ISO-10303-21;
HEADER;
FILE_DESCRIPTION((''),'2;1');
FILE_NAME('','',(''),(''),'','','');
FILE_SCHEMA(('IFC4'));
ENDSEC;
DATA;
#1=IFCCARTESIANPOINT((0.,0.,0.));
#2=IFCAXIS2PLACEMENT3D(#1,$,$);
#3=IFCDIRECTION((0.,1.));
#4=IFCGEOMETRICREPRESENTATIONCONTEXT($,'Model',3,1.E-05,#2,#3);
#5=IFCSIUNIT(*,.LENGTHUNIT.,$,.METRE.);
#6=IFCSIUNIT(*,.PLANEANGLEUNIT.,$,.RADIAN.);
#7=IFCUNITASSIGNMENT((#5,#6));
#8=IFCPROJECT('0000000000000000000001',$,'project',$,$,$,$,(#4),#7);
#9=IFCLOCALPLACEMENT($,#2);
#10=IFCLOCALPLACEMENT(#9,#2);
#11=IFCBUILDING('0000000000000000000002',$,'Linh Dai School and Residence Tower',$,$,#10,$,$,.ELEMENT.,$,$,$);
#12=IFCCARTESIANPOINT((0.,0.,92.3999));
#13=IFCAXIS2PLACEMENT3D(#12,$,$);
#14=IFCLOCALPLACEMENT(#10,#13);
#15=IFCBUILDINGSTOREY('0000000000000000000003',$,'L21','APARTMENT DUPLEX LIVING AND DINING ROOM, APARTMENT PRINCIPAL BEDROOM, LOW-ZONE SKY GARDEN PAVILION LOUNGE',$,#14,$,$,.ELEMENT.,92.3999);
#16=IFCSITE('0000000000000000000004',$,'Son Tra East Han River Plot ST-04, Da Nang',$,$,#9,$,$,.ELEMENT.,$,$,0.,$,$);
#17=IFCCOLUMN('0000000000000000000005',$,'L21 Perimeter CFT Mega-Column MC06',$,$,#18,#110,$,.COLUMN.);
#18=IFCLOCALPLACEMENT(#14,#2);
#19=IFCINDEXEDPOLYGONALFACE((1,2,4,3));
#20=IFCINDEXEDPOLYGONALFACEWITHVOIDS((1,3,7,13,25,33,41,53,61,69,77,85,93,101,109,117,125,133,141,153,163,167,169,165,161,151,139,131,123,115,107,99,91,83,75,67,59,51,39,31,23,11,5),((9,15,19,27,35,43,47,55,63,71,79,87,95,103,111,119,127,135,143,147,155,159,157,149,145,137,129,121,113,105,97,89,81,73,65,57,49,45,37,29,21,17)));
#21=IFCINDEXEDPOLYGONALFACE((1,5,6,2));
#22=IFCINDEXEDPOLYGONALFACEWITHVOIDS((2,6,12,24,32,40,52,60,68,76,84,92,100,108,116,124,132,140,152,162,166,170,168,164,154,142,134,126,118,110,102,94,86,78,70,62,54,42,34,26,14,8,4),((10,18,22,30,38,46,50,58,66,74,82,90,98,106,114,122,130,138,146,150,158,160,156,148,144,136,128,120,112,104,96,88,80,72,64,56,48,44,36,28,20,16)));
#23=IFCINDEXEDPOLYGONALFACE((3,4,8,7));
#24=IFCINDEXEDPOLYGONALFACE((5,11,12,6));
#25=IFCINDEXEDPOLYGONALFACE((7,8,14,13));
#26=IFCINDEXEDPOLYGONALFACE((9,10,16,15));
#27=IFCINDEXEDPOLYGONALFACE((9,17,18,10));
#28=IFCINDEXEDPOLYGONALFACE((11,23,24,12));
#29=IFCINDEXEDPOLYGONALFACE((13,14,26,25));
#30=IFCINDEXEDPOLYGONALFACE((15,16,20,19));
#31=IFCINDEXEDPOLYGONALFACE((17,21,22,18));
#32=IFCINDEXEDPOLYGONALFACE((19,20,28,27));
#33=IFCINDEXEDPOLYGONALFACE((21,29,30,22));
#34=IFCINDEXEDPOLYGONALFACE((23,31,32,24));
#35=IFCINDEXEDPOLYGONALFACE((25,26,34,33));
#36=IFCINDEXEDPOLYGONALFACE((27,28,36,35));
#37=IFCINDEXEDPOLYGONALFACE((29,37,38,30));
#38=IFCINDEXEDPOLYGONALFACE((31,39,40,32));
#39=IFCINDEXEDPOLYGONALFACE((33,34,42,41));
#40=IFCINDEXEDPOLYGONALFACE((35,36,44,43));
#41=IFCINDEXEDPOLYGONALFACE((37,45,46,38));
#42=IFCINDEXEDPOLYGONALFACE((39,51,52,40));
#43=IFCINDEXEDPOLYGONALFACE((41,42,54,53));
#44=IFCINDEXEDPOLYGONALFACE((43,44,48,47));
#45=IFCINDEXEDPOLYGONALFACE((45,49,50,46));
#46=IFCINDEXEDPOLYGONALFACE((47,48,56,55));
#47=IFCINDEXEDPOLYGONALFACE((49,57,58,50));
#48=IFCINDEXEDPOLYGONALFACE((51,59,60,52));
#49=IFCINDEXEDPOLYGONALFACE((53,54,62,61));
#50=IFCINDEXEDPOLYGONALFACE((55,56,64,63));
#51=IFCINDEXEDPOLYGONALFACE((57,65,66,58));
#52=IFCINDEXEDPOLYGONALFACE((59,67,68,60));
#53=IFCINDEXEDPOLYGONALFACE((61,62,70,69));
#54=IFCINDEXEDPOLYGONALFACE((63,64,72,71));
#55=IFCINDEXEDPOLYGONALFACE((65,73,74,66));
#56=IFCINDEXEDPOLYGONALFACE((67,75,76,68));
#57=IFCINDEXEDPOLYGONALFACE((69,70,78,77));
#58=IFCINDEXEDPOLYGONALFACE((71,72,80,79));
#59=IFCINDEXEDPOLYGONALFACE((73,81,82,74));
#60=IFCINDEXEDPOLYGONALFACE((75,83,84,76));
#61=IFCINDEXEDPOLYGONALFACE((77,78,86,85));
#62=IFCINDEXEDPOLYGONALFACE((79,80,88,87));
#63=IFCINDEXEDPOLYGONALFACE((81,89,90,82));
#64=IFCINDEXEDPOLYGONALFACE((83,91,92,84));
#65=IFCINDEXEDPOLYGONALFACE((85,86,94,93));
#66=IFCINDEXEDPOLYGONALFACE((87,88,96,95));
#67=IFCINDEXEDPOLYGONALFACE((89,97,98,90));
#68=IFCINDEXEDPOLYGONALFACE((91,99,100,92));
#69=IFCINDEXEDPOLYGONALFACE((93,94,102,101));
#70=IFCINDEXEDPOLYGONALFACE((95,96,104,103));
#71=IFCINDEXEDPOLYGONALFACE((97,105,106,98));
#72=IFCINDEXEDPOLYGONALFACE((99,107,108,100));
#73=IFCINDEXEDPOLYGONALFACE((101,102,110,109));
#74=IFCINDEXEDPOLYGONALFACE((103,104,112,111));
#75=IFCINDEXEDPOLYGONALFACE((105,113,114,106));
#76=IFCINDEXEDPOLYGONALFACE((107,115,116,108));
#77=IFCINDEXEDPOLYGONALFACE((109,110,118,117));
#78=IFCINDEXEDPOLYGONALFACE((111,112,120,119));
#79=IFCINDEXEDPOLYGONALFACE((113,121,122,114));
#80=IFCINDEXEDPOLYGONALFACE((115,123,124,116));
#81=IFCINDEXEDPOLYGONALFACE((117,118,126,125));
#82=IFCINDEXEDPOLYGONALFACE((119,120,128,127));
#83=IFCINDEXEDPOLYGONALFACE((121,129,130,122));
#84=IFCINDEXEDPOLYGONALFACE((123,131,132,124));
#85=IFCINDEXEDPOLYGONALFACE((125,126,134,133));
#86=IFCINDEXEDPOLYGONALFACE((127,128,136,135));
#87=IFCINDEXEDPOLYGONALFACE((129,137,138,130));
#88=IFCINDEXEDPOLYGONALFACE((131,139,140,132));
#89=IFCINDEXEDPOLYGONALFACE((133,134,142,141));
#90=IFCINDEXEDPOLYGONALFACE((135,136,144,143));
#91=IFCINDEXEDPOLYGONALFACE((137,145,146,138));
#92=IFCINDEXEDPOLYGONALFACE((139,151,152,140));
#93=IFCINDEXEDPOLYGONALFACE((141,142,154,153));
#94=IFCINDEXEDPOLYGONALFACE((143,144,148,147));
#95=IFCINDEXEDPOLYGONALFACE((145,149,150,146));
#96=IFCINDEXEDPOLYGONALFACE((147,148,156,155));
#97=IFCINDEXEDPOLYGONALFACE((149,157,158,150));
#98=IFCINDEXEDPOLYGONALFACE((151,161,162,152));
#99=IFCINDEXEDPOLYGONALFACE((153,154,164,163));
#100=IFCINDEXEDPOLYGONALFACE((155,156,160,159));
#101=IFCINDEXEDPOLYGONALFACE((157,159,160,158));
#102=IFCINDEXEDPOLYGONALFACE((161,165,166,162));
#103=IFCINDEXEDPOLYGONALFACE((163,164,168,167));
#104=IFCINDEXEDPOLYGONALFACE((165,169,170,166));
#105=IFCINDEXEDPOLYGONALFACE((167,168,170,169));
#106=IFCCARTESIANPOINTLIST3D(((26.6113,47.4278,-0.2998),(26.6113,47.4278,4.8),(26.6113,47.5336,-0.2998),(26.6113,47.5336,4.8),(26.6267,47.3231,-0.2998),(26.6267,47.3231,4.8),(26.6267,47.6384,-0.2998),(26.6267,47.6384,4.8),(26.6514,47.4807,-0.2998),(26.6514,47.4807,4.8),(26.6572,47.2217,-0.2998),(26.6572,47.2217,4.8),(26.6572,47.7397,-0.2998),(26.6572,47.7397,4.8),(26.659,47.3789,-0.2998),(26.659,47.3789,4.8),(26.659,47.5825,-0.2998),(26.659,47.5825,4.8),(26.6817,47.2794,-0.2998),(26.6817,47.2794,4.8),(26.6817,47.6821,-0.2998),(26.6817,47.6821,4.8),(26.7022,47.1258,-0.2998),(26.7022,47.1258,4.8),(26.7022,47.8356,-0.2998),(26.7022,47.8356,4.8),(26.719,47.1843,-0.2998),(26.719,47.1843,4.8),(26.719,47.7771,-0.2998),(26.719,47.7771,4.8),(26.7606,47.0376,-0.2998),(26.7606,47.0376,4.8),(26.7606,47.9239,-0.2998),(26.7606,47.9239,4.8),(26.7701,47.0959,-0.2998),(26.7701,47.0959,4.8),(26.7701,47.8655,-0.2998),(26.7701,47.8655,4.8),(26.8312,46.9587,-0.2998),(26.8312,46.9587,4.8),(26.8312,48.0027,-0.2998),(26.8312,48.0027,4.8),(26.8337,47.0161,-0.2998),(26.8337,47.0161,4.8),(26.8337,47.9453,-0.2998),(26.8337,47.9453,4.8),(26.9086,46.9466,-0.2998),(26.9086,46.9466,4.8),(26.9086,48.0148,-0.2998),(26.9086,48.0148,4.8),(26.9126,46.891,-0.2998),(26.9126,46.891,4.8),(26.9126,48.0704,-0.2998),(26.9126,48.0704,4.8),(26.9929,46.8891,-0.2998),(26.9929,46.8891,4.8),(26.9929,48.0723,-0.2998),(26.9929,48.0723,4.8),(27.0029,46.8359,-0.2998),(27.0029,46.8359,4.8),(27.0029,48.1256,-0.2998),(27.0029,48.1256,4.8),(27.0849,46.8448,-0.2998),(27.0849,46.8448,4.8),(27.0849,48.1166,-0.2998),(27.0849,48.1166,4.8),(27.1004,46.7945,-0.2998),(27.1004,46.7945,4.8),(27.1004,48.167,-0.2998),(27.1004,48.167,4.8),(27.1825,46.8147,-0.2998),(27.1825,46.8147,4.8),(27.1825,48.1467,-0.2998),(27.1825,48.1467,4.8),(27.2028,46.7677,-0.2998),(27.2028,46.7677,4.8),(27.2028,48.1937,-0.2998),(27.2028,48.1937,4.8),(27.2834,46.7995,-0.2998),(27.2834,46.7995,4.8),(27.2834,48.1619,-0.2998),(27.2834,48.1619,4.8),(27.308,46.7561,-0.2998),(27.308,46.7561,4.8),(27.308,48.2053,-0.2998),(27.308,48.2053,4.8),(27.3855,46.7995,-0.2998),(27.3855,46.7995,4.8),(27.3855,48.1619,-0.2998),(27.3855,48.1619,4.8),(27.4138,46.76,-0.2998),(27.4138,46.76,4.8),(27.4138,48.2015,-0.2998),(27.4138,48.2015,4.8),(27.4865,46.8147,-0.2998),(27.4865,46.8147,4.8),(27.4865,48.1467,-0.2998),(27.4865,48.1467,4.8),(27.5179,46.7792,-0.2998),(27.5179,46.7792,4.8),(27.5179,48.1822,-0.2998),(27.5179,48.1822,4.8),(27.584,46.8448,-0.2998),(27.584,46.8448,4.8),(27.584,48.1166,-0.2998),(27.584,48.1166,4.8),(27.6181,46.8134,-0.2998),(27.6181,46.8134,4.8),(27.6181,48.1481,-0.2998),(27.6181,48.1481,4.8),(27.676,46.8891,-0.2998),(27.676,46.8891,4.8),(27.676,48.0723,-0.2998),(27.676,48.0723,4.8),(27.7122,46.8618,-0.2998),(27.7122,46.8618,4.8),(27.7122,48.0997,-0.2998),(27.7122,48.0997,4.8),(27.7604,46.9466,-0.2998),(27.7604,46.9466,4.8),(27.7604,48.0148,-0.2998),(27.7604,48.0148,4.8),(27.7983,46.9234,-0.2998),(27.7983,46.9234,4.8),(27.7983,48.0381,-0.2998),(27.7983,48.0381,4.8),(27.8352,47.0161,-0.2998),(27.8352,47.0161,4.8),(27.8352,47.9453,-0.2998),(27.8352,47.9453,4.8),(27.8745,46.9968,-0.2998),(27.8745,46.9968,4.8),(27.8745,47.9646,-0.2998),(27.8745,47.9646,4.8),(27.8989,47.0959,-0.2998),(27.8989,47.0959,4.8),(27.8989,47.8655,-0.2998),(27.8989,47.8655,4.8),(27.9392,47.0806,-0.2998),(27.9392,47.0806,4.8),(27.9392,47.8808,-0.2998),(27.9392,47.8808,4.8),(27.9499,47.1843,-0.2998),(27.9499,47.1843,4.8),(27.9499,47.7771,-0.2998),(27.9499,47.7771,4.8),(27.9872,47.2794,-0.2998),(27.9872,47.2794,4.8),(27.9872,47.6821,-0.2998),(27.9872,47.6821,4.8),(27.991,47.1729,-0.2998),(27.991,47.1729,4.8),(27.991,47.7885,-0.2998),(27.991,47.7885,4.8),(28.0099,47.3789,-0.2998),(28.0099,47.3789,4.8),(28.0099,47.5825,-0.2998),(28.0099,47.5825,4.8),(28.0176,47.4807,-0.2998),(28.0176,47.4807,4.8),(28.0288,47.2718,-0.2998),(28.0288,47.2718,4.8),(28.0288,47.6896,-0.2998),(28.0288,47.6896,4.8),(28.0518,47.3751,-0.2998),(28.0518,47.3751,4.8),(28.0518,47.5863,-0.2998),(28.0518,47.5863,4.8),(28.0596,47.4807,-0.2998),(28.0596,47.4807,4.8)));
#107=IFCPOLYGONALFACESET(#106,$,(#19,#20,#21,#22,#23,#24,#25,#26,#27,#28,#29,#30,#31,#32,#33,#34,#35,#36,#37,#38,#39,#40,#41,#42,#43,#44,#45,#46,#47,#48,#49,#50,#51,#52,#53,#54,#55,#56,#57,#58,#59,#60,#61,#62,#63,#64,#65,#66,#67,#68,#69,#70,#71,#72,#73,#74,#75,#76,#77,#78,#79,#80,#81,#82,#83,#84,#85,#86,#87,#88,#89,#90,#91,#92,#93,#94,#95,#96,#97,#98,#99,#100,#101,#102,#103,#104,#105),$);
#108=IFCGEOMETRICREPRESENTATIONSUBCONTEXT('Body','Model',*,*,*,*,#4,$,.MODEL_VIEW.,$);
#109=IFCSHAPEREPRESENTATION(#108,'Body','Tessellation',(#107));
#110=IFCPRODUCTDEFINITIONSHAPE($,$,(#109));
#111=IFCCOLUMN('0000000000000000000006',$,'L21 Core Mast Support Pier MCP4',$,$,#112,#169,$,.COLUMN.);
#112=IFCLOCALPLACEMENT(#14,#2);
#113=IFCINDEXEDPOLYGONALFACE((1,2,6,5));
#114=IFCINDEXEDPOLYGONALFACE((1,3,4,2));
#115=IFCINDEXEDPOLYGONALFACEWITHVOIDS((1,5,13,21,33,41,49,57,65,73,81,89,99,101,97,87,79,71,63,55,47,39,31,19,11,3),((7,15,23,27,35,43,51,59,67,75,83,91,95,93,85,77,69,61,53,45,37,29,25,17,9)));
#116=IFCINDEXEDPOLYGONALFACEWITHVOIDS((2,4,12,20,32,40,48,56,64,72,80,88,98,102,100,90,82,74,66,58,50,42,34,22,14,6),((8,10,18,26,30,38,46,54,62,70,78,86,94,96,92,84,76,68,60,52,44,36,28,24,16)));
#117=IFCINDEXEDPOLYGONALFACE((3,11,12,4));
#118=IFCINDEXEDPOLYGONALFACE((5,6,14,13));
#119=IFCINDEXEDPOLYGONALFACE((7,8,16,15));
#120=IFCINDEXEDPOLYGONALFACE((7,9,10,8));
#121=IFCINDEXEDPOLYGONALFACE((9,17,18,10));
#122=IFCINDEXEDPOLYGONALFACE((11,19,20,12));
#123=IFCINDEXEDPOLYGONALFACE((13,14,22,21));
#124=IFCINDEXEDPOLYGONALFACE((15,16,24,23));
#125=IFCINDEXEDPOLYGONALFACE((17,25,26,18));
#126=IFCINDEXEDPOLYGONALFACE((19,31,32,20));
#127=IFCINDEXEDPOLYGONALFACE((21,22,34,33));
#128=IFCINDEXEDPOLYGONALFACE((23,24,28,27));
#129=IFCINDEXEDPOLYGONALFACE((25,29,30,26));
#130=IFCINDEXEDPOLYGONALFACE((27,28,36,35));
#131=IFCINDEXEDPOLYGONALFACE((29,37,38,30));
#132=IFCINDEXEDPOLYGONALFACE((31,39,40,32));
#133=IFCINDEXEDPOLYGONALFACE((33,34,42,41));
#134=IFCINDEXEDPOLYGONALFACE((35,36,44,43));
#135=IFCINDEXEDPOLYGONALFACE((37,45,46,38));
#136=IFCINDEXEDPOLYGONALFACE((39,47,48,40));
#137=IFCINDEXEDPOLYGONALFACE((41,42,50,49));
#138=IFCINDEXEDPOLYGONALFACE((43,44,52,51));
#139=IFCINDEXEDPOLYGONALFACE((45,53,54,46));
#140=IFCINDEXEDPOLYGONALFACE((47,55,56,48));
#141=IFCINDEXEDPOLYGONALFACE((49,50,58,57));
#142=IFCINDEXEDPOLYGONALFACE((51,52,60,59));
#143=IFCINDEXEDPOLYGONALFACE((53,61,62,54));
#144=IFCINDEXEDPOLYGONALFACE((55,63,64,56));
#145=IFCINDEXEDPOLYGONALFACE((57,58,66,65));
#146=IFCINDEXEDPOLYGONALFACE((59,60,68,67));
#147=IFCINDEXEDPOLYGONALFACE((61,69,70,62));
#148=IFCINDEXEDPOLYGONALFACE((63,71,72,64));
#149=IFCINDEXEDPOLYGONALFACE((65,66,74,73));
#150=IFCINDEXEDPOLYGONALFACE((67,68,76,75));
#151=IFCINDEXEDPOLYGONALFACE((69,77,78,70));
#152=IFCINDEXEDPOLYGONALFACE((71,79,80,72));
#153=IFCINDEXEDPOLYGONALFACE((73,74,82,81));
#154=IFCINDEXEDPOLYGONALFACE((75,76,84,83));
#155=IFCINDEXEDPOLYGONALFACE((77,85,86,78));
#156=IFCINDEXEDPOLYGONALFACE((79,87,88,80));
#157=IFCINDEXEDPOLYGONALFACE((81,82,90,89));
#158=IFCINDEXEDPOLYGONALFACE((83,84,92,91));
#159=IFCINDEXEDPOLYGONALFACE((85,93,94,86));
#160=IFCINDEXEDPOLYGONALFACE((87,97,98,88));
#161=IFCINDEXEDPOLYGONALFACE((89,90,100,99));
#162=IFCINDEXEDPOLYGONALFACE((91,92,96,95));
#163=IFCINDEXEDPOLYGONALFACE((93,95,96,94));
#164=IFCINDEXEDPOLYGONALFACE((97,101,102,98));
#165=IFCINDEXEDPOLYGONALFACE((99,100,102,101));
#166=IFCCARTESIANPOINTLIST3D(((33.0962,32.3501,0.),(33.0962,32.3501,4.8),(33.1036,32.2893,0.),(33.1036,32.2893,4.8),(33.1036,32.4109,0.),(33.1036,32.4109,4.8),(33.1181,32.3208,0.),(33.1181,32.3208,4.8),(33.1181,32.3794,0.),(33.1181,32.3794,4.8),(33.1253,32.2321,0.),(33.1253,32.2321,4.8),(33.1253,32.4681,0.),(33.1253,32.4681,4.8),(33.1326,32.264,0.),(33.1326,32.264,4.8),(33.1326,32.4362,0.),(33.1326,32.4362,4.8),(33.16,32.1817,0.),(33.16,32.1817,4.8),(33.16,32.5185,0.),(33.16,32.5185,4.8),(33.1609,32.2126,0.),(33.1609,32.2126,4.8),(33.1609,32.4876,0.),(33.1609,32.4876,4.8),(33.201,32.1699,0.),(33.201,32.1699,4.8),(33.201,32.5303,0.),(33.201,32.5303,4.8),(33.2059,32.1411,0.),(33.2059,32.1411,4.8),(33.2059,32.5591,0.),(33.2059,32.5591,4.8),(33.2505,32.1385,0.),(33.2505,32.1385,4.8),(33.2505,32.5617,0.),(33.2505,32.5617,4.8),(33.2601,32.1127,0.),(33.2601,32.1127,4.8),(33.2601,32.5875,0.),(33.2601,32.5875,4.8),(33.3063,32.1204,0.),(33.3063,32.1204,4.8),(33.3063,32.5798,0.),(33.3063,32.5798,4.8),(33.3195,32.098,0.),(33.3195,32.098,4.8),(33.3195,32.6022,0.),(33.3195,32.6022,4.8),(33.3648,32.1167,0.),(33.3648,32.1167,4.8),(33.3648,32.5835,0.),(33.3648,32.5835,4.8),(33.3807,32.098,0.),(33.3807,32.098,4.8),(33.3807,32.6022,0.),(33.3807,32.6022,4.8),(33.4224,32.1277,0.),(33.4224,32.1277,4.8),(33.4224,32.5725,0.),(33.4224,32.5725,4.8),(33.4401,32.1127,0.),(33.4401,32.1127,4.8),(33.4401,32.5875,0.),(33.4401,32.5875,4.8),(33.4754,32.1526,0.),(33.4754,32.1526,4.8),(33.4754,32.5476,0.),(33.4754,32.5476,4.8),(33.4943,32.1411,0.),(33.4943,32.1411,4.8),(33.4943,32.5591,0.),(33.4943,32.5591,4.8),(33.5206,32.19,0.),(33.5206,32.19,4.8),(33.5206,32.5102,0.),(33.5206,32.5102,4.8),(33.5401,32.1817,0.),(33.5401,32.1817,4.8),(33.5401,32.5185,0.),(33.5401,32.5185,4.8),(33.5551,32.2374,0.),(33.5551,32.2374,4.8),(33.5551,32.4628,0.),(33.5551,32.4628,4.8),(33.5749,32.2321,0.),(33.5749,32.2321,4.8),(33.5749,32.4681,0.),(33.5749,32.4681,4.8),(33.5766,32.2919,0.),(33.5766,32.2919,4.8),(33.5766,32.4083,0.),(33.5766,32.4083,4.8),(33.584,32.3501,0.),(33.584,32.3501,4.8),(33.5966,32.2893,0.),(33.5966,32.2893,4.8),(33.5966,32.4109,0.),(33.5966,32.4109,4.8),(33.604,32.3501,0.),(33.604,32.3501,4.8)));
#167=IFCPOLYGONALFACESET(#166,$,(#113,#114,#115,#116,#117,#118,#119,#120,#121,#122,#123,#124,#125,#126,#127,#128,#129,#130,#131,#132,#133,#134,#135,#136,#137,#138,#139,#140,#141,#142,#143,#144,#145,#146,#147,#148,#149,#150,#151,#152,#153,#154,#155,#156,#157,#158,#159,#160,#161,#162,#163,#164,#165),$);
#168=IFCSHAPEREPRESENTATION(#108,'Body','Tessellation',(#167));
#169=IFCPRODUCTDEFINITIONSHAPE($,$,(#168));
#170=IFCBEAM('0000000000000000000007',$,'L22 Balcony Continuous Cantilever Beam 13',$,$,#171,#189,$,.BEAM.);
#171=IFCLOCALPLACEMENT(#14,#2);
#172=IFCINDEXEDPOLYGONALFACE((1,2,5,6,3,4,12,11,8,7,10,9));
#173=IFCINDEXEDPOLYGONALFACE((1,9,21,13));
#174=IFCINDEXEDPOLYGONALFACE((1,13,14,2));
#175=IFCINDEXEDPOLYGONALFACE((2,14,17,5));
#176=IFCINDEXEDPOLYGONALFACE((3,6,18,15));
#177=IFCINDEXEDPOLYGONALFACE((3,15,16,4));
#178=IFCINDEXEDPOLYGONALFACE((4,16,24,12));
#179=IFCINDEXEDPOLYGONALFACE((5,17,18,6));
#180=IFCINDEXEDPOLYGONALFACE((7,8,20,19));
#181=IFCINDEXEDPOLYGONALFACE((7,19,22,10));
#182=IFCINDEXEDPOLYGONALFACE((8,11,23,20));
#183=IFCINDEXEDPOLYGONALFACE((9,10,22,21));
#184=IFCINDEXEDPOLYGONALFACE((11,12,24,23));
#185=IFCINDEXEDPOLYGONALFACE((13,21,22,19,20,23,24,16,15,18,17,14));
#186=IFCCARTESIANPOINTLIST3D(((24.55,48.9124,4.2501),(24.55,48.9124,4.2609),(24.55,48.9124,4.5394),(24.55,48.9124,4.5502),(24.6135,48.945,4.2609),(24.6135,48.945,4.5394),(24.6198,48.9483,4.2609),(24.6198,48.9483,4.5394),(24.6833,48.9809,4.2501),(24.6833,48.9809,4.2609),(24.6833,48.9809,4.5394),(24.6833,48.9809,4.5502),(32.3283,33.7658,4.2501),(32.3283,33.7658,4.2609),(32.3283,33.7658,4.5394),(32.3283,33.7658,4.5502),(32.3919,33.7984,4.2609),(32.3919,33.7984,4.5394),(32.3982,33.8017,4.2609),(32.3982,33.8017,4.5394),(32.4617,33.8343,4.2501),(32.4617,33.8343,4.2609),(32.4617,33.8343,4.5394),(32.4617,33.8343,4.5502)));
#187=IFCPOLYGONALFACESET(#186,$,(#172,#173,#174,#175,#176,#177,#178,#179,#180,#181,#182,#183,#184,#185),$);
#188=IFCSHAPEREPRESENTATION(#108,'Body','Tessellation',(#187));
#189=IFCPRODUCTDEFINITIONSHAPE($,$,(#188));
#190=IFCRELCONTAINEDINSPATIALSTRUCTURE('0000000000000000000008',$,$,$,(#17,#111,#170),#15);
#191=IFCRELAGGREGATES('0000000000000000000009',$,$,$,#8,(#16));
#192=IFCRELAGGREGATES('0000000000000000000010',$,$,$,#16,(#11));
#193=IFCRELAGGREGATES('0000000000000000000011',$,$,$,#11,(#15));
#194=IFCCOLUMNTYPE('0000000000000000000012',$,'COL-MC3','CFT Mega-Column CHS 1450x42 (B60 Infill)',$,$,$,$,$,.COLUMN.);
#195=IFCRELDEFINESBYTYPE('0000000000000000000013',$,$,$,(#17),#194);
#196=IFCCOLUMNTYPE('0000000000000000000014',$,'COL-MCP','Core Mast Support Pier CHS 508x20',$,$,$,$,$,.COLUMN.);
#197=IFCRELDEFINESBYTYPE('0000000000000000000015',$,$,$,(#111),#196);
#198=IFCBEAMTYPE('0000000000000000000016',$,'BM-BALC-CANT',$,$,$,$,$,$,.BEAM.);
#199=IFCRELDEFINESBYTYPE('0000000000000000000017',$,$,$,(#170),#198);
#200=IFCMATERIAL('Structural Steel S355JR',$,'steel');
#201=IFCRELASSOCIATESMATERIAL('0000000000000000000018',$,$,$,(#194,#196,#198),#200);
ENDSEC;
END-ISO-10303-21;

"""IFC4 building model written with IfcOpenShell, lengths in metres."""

from ifc_helpers import new_model, si_unit, direction, frame, origin, origin_2d, place, context, subcontext, project, spatial, hollow_circle, i_section, extrude, material, material_profile, profile_set, type_object, element, save


model = new_model("IFC4")

# Units and contexts
model_context = context("Model", 3, precision=1e-05, world=origin(), true_north=direction((0.0, 1.0)))
body_context = subcontext(model_context, "Body", "Model", "MODEL_VIEW")
ifc_project = project(units=[si_unit("LENGTHUNIT", "METRE"), si_unit("PLANEANGLEUNIT", "RADIAN")], contexts=[model_context])

# Site, building, storey
site_placement = place(None, origin())
site = spatial("IfcSite", under=ifc_project, at=site_placement, Name="Son Tra East Han River Plot ST-04, Da Nang", CompositionType="ELEMENT", RefElevation=0.0)
building_placement = place(site_placement, origin())
building = spatial("IfcBuilding", under=site, at=building_placement, Name="Linh Dai School and Residence Tower", CompositionType="ELEMENT")
storey_placement = place(building_placement, frame((0.0, 0.0, 92.3999)))
storey = spatial("IfcBuildingStorey", under=building, at=storey_placement, Name="L21", Description="APARTMENT DUPLEX LIVING AND DINING ROOM, APARTMENT PRINCIPAL BEDROOM, LOW-ZONE SKY GARDEN PAVILION LOUNGE", CompositionType="ELEMENT", Elevation=92.3999)

# Columns
ifc_material_1 = material(Name="Structural Steel S355JR", Category="steel")
ifc_material_profile_1 = material_profile(ifc_material_1, hollow_circle(Radius=0.7251, WallThickness=0.042, at=origin_2d()), Name="CHS 1450x42")
ifc_profile_set_1 = profile_set([ifc_material_profile_1], Name="Structural Steel S355JR")
column_type_1 = type_object("IfcColumnType", Name="COL-MC3", Description="CFT Mega-Column CHS 1450x42 (B60 Infill)", PredefinedType="COLUMN", material=ifc_profile_set_1)
column_1_placement = place(storey_placement, frame((27.3345, 47.4807, -0.2998), z_axis=(0.0, 0.0, 1.0), x_axis=(1.0, 0.0, 0.0)))
element("IfcColumn", 1, at=column_1_placement, inside=storey, type_object=column_type_1, Name="L21 Perimeter CFT Mega-Column MC06", PredefinedType="COLUMN", context=body_context, shape_type="SweptSolid", body=[
    extrude(hollow_circle(Radius=0.7251, WallThickness=0.042, at=origin_2d()), origin(), (0.0, 0.0, 1.0), 5.0999),
])
ifc_material_profile_2 = material_profile(ifc_material_1, hollow_circle(Radius=0.2539, WallThickness=0.02, at=origin_2d()), Name="CHS 508x20")
ifc_profile_set_2 = profile_set([ifc_material_profile_2], Name="Structural Steel S355JR")
column_type_2 = type_object("IfcColumnType", Name="COL-MCP", Description="Core Mast Support Pier CHS 508x20", PredefinedType="COLUMN", material=ifc_profile_set_2)
column_2_placement = place(storey_placement, frame((33.3501, 32.3501, 0.0), z_axis=(0.0, 0.0, 1.0), x_axis=(1.0, 0.0, 0.0)))
element("IfcColumn", 2, at=column_2_placement, inside=storey, type_object=column_type_2, Name="L21 Core Mast Support Pier MCP4", PredefinedType="COLUMN", context=body_context, shape_type="SweptSolid", body=[
    extrude(hollow_circle(Radius=0.2539, WallThickness=0.02, at=origin_2d()), origin(), (0.0, 0.0, 1.0), 4.8),
])

# Beam
ifc_material_profile_3 = material_profile(ifc_material_1, i_section(OverallWidth=0.1499, OverallDepth=0.3, WebThickness=0.0071, FlangeThickness=0.0107, at=origin_2d()), Name="IPE 300")
ifc_profile_set_3 = profile_set([ifc_material_profile_3], Name="Structural Steel S355JR")
beam_type_1 = type_object("IfcBeamType", Name="BM-BALC-CANT", PredefinedType="BEAM", material=ifc_profile_set_3)
beam_1_placement = place(storey_placement, frame((32.395, 33.8, 4.4001), z_axis=(-0.456823, 0.889558, 0.0), x_axis=(-0.889558, -0.456823, 0.0)))
element("IfcBeam", 3, at=beam_1_placement, inside=storey, type_object=beam_type_1, Name="L22 Balcony Continuous Cantilever Beam 13", PredefinedType="BEAM", context=body_context, shape_type="SweptSolid", body=[
    extrude(i_section(OverallWidth=0.1499, OverallDepth=0.3, WebThickness=0.0071, FlangeThickness=0.0107, at=origin_2d()), origin(), (0.0, 0.0, 1.0), 17.0271),
])

save(model, "model.ifc")
